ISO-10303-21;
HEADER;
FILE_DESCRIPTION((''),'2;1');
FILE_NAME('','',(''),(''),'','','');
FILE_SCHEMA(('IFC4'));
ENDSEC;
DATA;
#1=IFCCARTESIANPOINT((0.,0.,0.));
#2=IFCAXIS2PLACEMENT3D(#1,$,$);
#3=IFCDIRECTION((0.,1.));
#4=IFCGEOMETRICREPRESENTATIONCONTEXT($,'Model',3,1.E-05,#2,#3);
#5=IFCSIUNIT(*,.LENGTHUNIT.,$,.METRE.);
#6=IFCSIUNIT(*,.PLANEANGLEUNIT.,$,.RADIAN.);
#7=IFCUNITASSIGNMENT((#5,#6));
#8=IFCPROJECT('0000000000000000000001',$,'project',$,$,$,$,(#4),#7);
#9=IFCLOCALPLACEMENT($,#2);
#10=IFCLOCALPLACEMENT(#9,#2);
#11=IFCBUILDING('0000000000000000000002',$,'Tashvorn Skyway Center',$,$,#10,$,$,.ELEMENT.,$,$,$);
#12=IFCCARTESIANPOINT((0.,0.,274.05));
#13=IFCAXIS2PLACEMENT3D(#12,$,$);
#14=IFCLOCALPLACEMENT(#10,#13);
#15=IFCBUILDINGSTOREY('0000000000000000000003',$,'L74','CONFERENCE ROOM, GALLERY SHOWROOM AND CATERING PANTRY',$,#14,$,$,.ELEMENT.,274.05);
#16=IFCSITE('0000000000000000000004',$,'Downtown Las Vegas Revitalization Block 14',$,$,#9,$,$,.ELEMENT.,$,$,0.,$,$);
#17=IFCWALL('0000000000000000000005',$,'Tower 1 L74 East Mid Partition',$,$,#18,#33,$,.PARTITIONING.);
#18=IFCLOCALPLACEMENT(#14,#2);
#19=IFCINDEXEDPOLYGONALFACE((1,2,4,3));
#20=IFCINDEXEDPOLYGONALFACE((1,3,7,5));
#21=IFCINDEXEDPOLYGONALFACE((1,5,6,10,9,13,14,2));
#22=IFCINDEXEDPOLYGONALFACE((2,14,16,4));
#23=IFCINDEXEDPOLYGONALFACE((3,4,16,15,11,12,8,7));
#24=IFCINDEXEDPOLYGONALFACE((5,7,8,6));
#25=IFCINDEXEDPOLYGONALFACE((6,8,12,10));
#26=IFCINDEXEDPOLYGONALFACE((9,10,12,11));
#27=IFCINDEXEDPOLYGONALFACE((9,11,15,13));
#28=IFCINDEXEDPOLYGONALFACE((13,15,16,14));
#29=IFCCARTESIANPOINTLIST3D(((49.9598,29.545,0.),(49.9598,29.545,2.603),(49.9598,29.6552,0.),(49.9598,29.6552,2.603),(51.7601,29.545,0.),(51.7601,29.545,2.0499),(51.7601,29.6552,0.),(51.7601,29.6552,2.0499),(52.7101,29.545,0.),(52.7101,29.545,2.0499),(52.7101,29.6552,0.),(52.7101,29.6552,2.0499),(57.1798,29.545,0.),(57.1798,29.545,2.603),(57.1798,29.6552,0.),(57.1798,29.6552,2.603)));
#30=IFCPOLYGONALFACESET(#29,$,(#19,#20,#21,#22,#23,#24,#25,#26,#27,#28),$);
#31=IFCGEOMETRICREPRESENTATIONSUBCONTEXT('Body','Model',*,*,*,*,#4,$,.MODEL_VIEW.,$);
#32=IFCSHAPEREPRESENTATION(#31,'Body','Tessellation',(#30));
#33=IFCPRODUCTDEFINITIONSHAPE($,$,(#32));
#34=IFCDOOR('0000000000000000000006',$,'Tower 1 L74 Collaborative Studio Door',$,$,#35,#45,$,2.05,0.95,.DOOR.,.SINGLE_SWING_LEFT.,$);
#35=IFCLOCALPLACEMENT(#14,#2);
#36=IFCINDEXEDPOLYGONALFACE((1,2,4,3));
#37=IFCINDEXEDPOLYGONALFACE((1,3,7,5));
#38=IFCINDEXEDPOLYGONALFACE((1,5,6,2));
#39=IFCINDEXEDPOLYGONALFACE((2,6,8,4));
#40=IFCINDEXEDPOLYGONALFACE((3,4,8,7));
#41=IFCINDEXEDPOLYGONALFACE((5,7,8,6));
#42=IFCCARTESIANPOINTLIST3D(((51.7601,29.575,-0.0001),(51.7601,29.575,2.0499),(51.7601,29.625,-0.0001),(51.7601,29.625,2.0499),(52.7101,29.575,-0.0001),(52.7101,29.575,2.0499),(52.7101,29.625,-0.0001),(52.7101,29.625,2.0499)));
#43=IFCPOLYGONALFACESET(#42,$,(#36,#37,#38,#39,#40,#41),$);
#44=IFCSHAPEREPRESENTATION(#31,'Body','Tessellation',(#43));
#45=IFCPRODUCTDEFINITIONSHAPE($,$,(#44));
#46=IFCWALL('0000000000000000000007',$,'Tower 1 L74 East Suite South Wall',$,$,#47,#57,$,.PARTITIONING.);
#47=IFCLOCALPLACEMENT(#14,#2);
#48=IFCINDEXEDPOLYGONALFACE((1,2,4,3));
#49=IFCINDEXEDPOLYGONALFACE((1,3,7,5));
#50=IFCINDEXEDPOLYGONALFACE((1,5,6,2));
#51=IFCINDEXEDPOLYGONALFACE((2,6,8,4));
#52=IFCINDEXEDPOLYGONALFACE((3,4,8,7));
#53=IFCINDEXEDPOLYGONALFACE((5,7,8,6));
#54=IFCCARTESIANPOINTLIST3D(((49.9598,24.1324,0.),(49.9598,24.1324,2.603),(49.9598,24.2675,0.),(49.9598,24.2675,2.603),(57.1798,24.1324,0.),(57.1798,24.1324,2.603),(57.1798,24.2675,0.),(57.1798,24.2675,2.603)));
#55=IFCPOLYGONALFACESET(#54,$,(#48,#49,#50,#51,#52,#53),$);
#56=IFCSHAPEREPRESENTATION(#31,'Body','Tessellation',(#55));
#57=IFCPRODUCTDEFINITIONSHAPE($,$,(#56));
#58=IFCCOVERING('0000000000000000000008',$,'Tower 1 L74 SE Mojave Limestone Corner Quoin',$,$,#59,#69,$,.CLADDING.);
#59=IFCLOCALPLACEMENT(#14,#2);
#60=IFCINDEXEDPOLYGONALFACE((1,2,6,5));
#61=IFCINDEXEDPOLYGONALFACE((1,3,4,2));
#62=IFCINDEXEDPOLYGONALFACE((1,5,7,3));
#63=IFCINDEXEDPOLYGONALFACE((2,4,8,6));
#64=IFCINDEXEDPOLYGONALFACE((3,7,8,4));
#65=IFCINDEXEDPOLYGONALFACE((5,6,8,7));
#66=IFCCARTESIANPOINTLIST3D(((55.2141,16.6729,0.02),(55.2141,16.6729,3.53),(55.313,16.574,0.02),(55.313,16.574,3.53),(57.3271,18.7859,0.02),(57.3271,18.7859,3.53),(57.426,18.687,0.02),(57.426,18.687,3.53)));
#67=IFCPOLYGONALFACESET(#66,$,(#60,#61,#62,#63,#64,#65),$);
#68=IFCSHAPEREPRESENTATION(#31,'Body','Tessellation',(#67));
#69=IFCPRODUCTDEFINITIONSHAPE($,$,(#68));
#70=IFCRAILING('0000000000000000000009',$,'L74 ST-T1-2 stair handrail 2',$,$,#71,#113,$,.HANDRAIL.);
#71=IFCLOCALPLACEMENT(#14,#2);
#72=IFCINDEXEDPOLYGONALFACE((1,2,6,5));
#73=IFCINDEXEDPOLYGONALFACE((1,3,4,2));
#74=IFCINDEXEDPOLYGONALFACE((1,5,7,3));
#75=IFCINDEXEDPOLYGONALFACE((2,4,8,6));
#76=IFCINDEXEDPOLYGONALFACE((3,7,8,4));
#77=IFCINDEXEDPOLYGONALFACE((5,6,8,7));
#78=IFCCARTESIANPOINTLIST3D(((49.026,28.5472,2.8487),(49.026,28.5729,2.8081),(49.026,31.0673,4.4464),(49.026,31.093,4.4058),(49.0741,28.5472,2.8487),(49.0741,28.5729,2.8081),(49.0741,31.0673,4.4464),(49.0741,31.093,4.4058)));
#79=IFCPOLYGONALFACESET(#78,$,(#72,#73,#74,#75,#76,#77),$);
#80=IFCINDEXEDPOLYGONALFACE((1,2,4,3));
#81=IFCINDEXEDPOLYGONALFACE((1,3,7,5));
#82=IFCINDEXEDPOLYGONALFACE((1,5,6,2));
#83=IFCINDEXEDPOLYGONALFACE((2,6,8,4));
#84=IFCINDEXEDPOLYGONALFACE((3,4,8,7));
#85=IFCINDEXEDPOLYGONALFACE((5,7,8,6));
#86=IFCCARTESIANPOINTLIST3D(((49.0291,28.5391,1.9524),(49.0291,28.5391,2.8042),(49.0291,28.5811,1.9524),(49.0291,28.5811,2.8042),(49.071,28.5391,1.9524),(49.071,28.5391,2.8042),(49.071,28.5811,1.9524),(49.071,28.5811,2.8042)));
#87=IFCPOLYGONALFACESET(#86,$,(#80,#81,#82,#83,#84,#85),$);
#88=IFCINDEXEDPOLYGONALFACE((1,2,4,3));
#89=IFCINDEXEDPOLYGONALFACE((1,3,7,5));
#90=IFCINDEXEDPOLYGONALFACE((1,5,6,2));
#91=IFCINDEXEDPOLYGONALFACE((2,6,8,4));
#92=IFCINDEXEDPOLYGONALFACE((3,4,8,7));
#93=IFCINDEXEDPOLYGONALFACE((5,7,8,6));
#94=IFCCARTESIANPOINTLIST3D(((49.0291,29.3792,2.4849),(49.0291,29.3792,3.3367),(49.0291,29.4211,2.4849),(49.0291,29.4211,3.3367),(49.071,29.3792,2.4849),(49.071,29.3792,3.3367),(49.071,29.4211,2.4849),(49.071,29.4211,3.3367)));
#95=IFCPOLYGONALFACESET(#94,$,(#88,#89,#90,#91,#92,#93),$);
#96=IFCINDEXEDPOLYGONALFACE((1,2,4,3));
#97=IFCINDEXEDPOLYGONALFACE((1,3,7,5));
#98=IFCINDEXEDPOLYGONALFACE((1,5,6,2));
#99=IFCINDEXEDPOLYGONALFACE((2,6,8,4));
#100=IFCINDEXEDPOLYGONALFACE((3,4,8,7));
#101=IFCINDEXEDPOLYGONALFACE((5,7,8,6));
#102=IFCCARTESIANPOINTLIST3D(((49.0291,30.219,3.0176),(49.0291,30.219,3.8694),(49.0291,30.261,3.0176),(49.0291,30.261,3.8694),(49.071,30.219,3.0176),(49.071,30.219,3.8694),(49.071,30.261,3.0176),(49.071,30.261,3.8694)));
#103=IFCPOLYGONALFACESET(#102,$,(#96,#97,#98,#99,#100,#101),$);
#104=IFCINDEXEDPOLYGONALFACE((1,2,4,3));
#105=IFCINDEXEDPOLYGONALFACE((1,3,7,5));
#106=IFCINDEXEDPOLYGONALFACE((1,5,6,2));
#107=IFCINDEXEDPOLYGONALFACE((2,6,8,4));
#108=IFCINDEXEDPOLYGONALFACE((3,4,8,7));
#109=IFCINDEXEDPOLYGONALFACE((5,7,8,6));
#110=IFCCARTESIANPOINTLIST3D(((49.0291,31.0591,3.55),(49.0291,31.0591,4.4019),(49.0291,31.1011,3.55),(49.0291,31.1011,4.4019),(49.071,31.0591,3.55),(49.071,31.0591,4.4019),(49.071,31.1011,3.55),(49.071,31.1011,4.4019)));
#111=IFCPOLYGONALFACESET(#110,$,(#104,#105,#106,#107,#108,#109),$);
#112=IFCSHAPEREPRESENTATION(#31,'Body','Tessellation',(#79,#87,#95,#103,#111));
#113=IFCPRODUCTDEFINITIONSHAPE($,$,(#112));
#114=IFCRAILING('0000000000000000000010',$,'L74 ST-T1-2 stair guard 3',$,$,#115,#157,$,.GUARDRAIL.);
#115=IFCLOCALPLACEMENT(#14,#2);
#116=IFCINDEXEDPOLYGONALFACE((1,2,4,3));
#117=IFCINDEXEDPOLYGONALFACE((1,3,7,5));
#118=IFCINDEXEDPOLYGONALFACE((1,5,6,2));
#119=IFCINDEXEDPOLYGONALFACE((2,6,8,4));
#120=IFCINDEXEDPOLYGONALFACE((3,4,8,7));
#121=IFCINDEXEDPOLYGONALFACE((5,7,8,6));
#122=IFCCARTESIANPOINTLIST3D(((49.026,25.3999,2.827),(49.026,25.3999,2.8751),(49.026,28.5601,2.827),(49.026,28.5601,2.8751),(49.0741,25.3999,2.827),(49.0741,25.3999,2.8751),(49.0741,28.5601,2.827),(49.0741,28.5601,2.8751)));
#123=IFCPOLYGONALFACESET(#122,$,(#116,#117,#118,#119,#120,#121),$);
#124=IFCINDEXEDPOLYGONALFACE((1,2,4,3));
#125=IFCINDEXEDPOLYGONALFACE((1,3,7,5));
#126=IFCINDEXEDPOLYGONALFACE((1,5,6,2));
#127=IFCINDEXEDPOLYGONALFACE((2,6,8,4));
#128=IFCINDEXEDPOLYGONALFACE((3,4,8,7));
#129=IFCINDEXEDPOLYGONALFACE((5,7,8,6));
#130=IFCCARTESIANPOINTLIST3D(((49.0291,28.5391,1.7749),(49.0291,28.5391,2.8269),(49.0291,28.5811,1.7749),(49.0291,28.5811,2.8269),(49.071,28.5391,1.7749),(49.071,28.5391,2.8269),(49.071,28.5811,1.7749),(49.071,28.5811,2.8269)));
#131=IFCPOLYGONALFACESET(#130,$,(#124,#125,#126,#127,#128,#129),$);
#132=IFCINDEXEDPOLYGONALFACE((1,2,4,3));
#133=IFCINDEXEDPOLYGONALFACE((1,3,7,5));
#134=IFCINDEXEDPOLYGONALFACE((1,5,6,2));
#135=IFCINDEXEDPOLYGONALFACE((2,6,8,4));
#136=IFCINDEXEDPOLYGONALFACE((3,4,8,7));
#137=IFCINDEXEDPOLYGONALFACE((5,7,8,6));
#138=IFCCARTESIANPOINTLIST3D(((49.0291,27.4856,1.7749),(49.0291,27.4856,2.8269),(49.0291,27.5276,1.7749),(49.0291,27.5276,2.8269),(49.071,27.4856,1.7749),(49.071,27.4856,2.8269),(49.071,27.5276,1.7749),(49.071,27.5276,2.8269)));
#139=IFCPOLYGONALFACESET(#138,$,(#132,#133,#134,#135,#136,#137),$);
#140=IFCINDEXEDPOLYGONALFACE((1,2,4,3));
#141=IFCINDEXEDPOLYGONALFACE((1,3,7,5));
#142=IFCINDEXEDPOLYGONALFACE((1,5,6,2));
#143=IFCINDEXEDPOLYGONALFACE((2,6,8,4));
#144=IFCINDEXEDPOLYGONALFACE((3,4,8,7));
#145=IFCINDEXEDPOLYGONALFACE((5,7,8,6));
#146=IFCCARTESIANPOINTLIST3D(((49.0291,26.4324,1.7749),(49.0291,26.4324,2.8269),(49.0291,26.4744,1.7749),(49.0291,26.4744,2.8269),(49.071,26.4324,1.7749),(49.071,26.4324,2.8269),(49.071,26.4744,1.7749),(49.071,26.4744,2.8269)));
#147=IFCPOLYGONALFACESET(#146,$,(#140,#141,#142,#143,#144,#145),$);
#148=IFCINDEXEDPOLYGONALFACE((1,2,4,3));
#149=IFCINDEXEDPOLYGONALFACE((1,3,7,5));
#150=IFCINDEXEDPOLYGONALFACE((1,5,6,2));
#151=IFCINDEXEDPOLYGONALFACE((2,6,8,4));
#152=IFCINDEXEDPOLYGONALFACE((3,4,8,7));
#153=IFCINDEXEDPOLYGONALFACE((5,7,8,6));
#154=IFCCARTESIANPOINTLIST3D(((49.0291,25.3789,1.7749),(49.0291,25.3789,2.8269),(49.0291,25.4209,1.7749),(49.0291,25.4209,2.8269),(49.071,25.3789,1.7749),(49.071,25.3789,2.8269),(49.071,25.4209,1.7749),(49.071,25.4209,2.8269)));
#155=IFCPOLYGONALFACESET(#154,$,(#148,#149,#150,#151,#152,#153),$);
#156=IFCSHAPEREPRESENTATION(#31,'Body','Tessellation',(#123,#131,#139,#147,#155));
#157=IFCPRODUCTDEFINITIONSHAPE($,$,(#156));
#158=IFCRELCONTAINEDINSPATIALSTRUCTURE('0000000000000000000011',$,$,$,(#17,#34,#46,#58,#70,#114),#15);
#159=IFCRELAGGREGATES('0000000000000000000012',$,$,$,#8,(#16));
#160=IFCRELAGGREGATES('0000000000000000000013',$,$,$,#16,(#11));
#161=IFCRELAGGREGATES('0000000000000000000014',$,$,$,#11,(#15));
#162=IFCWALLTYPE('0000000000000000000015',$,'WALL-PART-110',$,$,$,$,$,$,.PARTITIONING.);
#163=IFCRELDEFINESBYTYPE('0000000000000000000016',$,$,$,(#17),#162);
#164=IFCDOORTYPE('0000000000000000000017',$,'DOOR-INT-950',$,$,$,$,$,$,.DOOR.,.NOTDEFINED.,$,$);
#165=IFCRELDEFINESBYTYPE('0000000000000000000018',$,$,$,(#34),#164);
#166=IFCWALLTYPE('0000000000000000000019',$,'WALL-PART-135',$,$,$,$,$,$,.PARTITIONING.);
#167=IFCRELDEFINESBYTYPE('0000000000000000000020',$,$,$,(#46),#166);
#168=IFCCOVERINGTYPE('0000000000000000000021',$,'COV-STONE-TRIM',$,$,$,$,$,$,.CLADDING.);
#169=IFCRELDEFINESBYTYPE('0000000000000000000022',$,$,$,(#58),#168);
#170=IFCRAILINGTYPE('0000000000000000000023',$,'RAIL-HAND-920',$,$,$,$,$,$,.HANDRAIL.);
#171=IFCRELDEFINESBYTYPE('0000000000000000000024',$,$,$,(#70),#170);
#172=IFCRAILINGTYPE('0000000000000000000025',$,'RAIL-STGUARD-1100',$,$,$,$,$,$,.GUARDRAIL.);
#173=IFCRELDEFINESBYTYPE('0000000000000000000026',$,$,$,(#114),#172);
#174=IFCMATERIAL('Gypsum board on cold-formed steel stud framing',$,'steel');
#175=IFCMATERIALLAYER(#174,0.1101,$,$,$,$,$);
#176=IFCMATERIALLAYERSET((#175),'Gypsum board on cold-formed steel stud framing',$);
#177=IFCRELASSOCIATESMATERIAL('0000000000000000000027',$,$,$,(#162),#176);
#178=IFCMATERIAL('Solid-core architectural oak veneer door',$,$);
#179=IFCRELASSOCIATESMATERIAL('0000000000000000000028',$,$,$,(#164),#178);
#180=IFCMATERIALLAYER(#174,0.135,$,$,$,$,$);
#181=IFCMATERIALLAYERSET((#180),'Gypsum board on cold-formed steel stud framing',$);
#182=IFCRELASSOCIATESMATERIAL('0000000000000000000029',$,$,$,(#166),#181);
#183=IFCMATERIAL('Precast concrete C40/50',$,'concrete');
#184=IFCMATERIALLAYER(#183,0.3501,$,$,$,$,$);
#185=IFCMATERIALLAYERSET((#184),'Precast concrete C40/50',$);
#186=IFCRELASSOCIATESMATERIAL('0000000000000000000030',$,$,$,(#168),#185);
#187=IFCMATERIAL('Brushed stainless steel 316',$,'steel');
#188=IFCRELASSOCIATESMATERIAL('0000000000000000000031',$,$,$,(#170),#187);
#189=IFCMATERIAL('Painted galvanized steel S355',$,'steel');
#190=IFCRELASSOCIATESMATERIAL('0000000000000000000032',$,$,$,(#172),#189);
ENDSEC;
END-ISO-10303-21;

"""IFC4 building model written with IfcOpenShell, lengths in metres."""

from ifc_helpers import new_model, si_unit, direction, frame, frame_2d, origin, origin_2d, place, context, subcontext, project, spatial, rectangle, extrude, material, layer, layer_set, type_object, element, fill, save


model = new_model("IFC4")

# Units and contexts
model_context = context("Model", 3, precision=1e-05, world=origin(), true_north=direction((0.0, 1.0)))
body_context = subcontext(model_context, "Body", "Model", "MODEL_VIEW")
ifc_project = project(units=[si_unit("LENGTHUNIT", "METRE"), si_unit("PLANEANGLEUNIT", "RADIAN")], contexts=[model_context])

# Site, building, storey
site_placement = place(None, origin())
site = spatial("IfcSite", under=ifc_project, at=site_placement, Name="Downtown Las Vegas Revitalization Block 14", CompositionType="ELEMENT", RefElevation=0.0)
building_placement = place(site_placement, origin())
building = spatial("IfcBuilding", under=site, at=building_placement, Name="Tashvorn Skyway Center", CompositionType="ELEMENT")
storey_placement = place(building_placement, frame((0.0, 0.0, 274.05)))
storey = spatial("IfcBuildingStorey", under=building, at=storey_placement, Name="L74", Description="CONFERENCE ROOM, GALLERY SHOWROOM AND CATERING PANTRY", CompositionType="ELEMENT", Elevation=274.05)

# Shared definitions
ifc_material_1 = material(Name="Precast concrete C40/50", Category="concrete")

# Wall, opening, door
ifc_material_2 = material(Name="Gypsum board on cold-formed steel stud framing", Category="steel")
ifc_layer_1 = layer(ifc_material_2, 0.1101)
ifc_layer_set_1 = layer_set([ifc_layer_1], Name="Gypsum board on cold-formed steel stud framing")
wall_type_1 = type_object("IfcWallType", Name="WALL-PART-110", PredefinedType="PARTITIONING", material=ifc_layer_set_1)
wall_1_placement = place(storey_placement, frame((49.96, 29.6001, 0.0), z_axis=(0.0, 0.0, 1.0), x_axis=(1.0, 0.0, 0.0)))
wall_1 = element("IfcWall", 1, at=wall_1_placement, inside=storey, type_object=wall_type_1, Name="Tower 1 L74 East Mid Partition", PredefinedType="PARTITIONING", context=body_context, shape_type="SweptSolid", body=[
    extrude(rectangle(XDim=7.22, YDim=0.1101, at=frame_2d((3.6099, 0.0))), origin(), (0.0, 0.0, 1.0), 2.603),
])
opening_1_placement = place(wall_1_placement, frame((1.8, 0.0, 0.0)))
opening_1 = element("IfcOpeningElement", 2, at=opening_1_placement, cuts=wall_1, PredefinedType="OPENING", context=body_context, shape_type="SweptSolid", body=[
    extrude(rectangle(XDim=0.95, YDim=2.05, at=frame_2d((0.4751, 1.0249))), frame((0.0, 0.0649, 0.0), z_axis=(0.0, -1.0, 0.0), x_axis=(1.0, 0.0, 0.0)), (0.0, 0.0, 1.0), 0.1301),
])
ifc_material_3 = material(Name="Solid-core architectural oak veneer door")
door_type_1 = type_object("IfcDoorType", Name="DOOR-INT-950", OperationType="NOTDEFINED", PredefinedType="DOOR", material=ifc_material_3)
door_1_placement = place(opening_1_placement, origin())
door_1 = element("IfcDoor", 3, at=door_1_placement, inside=storey, type_object=door_type_1, Name="Tower 1 L74 Collaborative Studio Door", OperationType="SINGLE_SWING_LEFT", OverallHeight=2.05, OverallWidth=0.95, PredefinedType="DOOR", context=body_context, shape_type="SweptSolid", body=[
    extrude(rectangle(XDim=0.95, YDim=2.05, at=frame_2d((0.4751, 1.0249))), frame((0.0, 0.0249, 0.0), z_axis=(0.0, -1.0, 0.0), x_axis=(1.0, 0.0, 0.0)), (0.0, 0.0, 1.0), 0.05),
])
fill(opening_1, door_1)

# Wall
ifc_layer_2 = layer(ifc_material_2, 0.135)
ifc_layer_set_2 = layer_set([ifc_layer_2], Name="Gypsum board on cold-formed steel stud framing")
wall_type_2 = type_object("IfcWallType", Name="WALL-PART-135", PredefinedType="PARTITIONING", material=ifc_layer_set_2)
wall_2_placement = place(storey_placement, frame((49.96, 24.2, 0.0), z_axis=(0.0, 0.0, 1.0), x_axis=(1.0, 0.0, 0.0)))
element("IfcWall", 4, at=wall_2_placement, inside=storey, type_object=wall_type_2, Name="Tower 1 L74 East Suite South Wall", PredefinedType="PARTITIONING", context=body_context, shape_type="SweptSolid", body=[
    extrude(rectangle(XDim=7.22, YDim=0.135, at=frame_2d((3.6099, 0.0))), origin(), (0.0, 0.0, 1.0), 2.603),
])

# Covering
ifc_layer_3 = layer(ifc_material_1, 0.3501)
ifc_layer_set_3 = layer_set([ifc_layer_3], Name="Precast concrete C40/50")
covering_type = type_object("IfcCoveringType", Name="COV-STONE-TRIM", PredefinedType="CLADDING", material=ifc_layer_set_3)
covering_placement = place(storey_placement, frame((56.3201, 17.6799, 0.02), z_axis=(0.0, 0.0, 1.0), x_axis=(0.707107, 0.707107, 0.0)))
element("IfcCovering", 5, at=covering_placement, inside=storey, type_object=covering_type, Name="Tower 1 L74 SE Mojave Limestone Corner Quoin", PredefinedType="CLADDING", context=body_context, shape_type="SweptSolid", body=[
    extrude(rectangle(XDim=2.9883, YDim=0.1399, at=origin_2d()), origin(), (0.0, 0.0, 1.0), 3.51),
])

# Railings
ifc_material_4 = material(Name="Brushed stainless steel 316", Category="steel")
railing_type_1 = type_object("IfcRailingType", Name="RAIL-HAND-920", PredefinedType="HANDRAIL", material=ifc_material_4)
railing_1_placement = place(storey_placement, frame((49.05, 28.5601, 1.9524)))
element("IfcRailing", 6, at=railing_1_placement, inside=storey, type_object=railing_type_1, Name="L74 ST-T1-2 stair handrail 2", PredefinedType="HANDRAIL", context=body_context, shape_type="SweptSolid", body=[
    extrude(rectangle(XDim=0.0481, YDim=0.0481, at=origin_2d()), frame((0.0, 0.0, 0.876), z_axis=(0.0, 0.84457, 0.535445), x_axis=(-1.0, 0.0, 0.0)), (0.0, 0.0, 1.0), 2.9839),
    extrude(rectangle(XDim=0.042, YDim=0.042, at=origin_2d()), origin(), (0.0, 0.0, 1.0), 0.8518),
    extrude(rectangle(XDim=0.042, YDim=0.042, at=origin_2d()), frame((0.0, 0.8401, 0.5325)), (0.0, 0.0, 1.0), 0.8518),
    extrude(rectangle(XDim=0.042, YDim=0.042, at=origin_2d()), frame((0.0, 1.6799, 1.0652)), (0.0, 0.0, 1.0), 0.8518),
    extrude(rectangle(XDim=0.042, YDim=0.042, at=origin_2d()), frame((0.0, 2.52, 1.5977)), (0.0, 0.0, 1.0), 0.8518),
])
ifc_material_5 = material(Name="Painted galvanized steel S355", Category="steel")
railing_type_2 = type_object("IfcRailingType", Name="RAIL-STGUARD-1100", PredefinedType="GUARDRAIL", material=ifc_material_5)
railing_2_placement = place(storey_placement, frame((49.05, 28.5601, 1.7749)))
element("IfcRailing", 7, at=railing_2_placement, inside=storey, type_object=railing_type_2, Name="L74 ST-T1-2 stair guard 3", PredefinedType="GUARDRAIL", context=body_context, shape_type="SweptSolid", body=[
    extrude(rectangle(XDim=0.0481, YDim=0.0481, at=origin_2d()), frame((0.0, 0.0, 1.0762), z_axis=(0.0, -1.0, 0.0), x_axis=(1.0, 0.0, 0.0)), (0.0, 0.0, 1.0), 3.1602),
    extrude(rectangle(XDim=0.042, YDim=0.042, at=origin_2d()), origin(), (0.0, 0.0, 1.0), 1.052),
    extrude(rectangle(XDim=0.042, YDim=0.042, at=origin_2d()), frame((0.0, -1.0535, 0.0)), (0.0, 0.0, 1.0), 1.052),
    extrude(rectangle(XDim=0.042, YDim=0.042, at=origin_2d()), frame((0.0, -2.1067, 0.0)), (0.0, 0.0, 1.0), 1.052),
    extrude(rectangle(XDim=0.042, YDim=0.042, at=origin_2d()), frame((0.0, -3.1602, 0.0)), (0.0, 0.0, 1.0), 1.052),
])

save(model, "model.ifc")
